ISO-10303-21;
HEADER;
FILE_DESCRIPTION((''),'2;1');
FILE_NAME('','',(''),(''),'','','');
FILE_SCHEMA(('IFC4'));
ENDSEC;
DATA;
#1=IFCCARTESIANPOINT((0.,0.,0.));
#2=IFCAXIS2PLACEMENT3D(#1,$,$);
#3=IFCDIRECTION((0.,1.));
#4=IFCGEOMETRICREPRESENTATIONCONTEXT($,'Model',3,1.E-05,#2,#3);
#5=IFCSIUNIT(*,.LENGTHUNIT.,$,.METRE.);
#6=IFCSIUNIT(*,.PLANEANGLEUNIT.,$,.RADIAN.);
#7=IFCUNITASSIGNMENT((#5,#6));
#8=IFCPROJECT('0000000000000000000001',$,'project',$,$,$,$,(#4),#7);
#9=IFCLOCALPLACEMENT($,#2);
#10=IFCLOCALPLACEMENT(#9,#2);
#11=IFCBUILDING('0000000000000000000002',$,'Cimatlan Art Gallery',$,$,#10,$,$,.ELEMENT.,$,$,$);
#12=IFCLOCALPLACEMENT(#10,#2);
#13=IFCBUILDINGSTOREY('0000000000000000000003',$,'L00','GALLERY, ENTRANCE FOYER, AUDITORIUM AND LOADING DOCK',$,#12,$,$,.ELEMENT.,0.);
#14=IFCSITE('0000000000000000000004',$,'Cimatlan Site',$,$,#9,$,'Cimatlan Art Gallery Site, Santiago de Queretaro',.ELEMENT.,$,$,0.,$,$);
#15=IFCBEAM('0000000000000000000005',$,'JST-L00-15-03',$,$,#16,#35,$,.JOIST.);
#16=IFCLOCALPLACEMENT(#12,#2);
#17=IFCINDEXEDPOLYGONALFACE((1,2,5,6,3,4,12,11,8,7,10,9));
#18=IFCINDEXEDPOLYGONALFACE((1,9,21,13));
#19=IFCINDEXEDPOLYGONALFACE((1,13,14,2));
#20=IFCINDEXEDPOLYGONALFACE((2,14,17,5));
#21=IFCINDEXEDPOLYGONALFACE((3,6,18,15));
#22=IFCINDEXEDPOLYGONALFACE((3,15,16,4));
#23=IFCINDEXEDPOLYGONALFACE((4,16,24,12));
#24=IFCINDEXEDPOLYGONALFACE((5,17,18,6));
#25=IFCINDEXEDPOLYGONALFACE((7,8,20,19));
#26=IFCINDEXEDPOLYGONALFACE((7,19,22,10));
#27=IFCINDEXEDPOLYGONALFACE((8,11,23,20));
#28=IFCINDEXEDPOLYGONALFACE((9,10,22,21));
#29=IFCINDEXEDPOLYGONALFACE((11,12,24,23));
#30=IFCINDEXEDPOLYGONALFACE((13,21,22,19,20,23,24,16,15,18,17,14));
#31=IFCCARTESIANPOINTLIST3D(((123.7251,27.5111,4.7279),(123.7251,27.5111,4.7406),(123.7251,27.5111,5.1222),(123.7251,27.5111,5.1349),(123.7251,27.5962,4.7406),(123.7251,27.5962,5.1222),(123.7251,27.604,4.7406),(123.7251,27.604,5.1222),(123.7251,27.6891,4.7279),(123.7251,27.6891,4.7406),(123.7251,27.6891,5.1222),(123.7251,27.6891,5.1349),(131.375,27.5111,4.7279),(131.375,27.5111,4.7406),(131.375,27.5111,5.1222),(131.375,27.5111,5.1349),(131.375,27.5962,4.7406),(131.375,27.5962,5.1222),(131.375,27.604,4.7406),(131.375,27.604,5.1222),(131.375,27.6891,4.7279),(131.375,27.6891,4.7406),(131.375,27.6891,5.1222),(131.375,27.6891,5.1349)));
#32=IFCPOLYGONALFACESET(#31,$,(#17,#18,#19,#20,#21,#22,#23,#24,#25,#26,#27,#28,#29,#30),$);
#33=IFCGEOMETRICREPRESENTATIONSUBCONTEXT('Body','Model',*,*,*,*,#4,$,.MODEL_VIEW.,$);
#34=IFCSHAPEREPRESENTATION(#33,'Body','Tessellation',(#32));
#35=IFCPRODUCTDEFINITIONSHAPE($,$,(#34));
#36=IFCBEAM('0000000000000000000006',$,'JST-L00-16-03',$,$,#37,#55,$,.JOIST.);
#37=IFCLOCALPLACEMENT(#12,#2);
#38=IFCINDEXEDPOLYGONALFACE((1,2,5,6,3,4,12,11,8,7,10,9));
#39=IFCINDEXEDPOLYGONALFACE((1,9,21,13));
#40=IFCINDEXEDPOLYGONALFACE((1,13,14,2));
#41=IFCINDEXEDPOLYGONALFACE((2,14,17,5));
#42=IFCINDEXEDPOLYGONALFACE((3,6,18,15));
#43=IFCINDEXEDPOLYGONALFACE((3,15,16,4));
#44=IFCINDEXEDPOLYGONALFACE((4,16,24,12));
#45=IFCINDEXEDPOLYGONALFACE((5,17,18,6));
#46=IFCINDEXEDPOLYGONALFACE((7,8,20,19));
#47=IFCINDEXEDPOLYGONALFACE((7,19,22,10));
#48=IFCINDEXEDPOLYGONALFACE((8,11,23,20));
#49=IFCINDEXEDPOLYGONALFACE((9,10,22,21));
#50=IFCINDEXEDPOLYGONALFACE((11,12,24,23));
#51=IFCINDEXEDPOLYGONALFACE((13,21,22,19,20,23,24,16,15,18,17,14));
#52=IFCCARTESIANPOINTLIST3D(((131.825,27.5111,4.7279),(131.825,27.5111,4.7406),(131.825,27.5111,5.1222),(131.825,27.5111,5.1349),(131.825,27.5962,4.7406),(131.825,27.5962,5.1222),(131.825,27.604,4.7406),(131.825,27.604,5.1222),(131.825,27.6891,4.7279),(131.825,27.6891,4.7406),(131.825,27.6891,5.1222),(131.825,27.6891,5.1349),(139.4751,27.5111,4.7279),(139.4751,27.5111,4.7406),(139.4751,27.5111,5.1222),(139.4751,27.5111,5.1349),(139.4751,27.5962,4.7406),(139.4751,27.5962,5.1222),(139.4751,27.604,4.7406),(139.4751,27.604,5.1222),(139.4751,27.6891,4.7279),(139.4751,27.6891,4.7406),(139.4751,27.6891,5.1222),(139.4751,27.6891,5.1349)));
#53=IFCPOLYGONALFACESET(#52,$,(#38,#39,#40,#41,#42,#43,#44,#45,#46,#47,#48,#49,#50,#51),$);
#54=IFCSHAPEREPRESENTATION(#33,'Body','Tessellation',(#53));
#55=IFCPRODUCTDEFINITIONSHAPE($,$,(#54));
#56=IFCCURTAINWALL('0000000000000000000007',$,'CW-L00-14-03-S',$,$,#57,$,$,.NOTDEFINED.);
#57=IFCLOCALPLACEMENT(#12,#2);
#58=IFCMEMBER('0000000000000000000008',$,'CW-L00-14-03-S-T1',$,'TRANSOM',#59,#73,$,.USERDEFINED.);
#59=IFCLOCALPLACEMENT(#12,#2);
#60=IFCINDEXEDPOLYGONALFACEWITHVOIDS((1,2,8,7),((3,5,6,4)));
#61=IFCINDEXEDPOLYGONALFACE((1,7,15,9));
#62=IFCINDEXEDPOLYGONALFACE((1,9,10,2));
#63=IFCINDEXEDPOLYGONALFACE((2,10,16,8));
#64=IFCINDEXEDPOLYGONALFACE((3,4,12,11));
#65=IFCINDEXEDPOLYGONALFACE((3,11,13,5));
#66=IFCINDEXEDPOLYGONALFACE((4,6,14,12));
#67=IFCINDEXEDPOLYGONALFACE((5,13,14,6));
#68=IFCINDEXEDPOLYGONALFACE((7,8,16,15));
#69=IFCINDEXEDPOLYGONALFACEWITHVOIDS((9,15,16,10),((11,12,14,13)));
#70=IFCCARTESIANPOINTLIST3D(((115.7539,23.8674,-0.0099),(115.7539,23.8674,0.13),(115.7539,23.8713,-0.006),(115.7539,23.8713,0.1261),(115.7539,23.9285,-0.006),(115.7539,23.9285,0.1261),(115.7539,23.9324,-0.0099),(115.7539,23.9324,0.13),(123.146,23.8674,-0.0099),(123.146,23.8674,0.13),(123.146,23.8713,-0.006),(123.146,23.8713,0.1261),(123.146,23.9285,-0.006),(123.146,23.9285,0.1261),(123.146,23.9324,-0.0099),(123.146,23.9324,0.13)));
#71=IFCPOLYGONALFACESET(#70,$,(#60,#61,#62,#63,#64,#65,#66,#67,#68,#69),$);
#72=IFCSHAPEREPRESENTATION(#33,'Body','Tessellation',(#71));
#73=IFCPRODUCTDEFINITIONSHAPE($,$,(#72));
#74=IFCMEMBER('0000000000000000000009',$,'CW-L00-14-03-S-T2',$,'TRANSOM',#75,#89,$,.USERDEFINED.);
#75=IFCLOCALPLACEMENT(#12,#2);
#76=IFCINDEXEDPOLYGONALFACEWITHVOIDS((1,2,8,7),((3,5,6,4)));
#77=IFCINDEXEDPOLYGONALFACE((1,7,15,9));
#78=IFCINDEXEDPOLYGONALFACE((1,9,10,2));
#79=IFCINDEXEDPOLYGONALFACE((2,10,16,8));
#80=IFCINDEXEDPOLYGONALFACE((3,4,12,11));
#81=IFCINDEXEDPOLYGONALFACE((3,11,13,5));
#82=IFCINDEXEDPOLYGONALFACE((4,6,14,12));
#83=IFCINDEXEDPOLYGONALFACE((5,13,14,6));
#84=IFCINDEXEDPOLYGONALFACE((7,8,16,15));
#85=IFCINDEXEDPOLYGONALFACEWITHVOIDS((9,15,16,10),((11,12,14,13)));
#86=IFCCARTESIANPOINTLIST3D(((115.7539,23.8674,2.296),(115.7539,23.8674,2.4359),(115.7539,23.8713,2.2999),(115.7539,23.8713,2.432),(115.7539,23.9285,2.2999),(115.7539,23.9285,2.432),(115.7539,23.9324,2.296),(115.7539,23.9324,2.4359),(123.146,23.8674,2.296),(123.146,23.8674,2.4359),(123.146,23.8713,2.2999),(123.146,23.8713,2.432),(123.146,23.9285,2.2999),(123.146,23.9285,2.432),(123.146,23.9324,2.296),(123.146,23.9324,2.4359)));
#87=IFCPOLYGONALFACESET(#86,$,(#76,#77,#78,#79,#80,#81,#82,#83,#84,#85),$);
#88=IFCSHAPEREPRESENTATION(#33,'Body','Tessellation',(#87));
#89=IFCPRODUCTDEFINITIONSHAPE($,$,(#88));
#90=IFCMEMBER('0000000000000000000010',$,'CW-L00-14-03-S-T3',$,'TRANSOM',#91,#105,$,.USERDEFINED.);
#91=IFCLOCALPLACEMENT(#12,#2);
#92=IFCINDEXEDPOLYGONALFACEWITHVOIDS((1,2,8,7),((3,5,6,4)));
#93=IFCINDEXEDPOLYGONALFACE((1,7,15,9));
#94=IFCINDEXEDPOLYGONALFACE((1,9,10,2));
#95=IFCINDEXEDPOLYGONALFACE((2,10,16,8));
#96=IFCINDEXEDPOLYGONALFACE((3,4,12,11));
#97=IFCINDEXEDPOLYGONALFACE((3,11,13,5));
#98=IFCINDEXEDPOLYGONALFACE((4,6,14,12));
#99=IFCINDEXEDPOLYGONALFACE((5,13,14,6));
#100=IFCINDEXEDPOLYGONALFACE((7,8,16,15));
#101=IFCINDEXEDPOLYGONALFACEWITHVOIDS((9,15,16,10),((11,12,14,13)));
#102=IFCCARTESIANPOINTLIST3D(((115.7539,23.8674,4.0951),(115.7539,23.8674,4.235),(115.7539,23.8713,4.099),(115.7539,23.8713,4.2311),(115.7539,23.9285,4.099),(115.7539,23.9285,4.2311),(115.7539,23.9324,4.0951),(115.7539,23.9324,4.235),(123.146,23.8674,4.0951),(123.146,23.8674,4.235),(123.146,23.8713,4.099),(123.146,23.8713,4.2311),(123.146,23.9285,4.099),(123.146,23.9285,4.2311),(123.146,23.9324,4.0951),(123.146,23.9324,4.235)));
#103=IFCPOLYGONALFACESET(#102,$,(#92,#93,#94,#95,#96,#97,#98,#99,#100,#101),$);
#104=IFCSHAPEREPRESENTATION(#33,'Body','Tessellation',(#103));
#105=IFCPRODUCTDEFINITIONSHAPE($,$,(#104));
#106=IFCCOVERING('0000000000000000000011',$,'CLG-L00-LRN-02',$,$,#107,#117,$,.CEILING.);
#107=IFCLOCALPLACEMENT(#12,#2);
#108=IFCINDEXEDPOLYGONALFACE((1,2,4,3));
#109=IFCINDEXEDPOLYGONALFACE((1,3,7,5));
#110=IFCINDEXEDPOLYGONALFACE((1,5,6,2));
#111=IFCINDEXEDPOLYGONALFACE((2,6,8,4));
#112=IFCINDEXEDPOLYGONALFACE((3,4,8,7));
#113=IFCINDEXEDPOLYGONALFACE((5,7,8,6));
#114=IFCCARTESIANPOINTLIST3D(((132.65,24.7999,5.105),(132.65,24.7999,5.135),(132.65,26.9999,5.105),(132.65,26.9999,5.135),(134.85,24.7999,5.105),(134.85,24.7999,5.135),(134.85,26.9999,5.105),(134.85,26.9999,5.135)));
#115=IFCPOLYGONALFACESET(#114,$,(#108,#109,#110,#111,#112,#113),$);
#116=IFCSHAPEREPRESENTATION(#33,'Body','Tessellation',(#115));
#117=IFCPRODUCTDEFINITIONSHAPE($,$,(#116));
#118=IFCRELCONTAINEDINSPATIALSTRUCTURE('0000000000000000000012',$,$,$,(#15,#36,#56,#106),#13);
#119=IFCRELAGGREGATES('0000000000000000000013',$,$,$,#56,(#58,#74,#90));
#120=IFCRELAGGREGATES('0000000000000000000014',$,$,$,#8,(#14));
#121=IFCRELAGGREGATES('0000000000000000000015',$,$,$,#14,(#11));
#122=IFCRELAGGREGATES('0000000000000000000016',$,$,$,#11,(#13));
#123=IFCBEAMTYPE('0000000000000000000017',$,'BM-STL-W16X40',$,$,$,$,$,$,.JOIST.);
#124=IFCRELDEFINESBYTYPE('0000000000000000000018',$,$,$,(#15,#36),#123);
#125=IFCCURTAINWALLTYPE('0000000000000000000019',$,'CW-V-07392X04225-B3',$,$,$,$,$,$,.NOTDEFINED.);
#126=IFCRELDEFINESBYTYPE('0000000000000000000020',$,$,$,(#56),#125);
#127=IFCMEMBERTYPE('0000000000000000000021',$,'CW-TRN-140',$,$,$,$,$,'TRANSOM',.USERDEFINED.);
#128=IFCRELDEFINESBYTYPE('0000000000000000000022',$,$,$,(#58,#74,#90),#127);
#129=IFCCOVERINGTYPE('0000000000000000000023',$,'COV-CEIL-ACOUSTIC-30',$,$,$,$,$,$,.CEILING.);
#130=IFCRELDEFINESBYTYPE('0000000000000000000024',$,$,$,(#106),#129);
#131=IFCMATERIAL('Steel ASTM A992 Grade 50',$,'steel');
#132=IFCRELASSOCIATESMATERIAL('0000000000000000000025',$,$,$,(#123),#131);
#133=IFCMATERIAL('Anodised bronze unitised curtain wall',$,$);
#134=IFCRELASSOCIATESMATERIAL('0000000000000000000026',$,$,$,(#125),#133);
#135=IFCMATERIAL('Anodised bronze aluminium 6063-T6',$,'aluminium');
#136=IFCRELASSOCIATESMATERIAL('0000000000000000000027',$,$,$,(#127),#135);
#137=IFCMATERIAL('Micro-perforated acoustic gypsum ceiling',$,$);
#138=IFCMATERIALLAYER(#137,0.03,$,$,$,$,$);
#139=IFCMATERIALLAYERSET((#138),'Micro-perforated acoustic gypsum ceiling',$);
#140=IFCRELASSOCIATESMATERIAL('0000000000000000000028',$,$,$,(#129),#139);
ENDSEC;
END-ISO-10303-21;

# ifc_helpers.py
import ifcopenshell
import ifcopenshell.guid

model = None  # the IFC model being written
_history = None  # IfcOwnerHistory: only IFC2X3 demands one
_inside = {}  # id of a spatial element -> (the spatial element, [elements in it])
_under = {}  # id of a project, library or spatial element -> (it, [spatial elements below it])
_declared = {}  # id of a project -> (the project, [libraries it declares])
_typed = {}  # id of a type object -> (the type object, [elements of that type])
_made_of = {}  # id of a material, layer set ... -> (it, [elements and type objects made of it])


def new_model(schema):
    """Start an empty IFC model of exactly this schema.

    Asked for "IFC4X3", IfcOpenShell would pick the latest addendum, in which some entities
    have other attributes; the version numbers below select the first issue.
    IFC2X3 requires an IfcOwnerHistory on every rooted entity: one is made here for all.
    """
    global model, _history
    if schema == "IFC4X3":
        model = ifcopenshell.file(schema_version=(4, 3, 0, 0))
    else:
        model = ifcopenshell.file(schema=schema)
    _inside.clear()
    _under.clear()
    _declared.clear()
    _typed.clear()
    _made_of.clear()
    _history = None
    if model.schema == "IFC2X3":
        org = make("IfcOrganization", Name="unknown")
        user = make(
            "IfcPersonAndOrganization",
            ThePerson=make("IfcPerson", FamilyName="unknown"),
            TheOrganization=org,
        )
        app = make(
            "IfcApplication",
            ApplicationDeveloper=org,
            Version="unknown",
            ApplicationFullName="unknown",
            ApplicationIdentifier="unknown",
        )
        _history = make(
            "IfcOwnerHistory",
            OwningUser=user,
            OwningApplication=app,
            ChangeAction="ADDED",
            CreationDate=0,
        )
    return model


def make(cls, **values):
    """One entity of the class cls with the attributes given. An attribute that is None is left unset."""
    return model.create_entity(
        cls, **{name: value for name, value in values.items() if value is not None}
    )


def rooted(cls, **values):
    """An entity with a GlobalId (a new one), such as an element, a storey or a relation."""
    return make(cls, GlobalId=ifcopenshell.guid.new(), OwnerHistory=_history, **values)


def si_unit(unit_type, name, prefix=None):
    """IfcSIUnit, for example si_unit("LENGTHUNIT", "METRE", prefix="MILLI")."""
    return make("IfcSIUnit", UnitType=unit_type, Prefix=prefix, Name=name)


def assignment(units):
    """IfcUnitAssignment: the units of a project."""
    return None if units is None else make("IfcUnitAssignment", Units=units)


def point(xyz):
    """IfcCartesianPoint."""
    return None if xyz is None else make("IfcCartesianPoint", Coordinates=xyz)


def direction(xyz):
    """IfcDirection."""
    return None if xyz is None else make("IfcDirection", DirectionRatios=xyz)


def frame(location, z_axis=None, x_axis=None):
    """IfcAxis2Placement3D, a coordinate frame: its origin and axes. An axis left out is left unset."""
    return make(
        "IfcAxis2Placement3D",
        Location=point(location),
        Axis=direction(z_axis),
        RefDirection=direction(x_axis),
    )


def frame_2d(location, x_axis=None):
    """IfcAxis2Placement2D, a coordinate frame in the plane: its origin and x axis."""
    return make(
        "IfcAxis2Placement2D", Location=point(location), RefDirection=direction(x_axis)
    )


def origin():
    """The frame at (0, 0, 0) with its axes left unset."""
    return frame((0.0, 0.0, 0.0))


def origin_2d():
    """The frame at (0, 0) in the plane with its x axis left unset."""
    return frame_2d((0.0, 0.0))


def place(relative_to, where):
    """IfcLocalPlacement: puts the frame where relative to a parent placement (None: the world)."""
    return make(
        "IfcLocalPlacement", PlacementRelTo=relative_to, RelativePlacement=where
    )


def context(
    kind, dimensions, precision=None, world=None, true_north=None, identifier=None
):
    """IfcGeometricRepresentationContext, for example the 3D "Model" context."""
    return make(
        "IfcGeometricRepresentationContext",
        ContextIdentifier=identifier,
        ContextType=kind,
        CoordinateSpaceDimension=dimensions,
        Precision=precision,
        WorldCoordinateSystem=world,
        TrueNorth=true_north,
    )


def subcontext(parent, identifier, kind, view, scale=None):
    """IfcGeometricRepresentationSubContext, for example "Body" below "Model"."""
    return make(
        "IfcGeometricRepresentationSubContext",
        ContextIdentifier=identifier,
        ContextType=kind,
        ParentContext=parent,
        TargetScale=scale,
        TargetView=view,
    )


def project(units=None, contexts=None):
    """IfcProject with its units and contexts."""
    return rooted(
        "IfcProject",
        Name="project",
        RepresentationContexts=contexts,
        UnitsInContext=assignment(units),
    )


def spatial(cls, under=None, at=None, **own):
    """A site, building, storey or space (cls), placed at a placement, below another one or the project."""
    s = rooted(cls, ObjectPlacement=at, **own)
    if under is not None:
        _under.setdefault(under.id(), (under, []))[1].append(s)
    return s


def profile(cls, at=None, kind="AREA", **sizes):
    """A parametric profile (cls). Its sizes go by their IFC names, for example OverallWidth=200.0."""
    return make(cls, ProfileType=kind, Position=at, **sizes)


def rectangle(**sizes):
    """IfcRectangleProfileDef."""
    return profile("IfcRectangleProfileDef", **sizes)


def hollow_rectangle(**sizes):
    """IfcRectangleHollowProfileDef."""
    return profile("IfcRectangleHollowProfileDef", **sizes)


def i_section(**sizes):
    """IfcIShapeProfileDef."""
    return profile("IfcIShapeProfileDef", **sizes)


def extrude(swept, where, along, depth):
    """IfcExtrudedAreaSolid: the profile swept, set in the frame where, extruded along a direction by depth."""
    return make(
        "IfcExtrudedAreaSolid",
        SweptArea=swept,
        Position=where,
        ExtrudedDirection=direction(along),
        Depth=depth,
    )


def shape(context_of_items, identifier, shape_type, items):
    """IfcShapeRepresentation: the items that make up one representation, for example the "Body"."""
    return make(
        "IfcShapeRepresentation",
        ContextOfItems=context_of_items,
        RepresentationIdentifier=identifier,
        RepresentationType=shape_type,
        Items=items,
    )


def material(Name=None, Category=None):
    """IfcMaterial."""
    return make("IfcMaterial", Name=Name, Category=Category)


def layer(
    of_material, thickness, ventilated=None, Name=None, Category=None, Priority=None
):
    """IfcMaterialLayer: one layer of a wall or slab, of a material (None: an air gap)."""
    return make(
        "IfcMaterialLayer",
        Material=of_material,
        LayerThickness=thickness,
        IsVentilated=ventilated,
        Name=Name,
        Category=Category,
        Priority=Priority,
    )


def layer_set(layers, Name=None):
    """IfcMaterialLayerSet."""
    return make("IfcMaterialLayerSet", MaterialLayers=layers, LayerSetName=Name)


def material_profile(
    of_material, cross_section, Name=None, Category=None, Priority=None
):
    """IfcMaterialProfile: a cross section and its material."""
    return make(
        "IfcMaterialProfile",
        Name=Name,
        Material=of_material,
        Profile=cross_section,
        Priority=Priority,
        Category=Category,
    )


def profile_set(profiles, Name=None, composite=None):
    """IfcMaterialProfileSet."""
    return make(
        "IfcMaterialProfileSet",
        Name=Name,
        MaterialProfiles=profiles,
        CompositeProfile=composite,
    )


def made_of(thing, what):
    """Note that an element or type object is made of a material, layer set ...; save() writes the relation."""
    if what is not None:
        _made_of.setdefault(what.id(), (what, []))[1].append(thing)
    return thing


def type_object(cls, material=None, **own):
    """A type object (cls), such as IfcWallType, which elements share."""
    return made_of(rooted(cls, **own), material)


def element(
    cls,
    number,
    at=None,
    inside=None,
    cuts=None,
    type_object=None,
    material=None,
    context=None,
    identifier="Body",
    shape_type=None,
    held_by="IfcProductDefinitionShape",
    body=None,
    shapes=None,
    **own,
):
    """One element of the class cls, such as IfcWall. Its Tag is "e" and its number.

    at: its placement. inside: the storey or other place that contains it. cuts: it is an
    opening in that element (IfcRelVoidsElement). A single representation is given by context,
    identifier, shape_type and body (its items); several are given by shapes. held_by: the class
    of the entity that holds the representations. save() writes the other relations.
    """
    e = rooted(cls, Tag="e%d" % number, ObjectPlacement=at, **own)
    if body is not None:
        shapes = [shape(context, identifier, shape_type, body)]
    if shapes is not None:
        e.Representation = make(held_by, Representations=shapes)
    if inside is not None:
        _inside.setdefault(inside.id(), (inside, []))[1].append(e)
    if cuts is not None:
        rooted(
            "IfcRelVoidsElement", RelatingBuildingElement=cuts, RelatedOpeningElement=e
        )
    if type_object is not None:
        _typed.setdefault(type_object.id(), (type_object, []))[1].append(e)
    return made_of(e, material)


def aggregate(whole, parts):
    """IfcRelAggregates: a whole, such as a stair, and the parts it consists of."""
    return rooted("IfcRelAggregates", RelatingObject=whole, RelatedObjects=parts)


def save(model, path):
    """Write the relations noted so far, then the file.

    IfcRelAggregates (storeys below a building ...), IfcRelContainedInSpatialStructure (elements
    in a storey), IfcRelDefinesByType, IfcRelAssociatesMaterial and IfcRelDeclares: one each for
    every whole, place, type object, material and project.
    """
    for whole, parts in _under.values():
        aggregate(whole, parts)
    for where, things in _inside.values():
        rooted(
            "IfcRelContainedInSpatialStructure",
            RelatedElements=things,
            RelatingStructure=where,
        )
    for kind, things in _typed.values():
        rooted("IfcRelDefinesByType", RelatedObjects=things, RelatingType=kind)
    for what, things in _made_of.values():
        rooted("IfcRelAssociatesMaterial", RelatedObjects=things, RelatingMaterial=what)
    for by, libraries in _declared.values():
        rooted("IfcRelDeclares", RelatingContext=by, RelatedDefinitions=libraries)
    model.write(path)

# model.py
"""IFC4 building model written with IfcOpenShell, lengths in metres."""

from ifc_helpers import new_model, si_unit, direction, frame, origin, origin_2d, place, context, subcontext, project, spatial, rectangle, hollow_rectangle, i_section, extrude, material, layer, layer_set, material_profile, profile_set, type_object, element, aggregate, save


model = new_model("IFC4")

# Units and contexts
model_context = context("Model", 3, precision=1e-05, world=origin(), true_north=direction((0.0, 1.0)))
body_context = subcontext(model_context, "Body", "Model", "MODEL_VIEW")
ifc_project = project(units=[si_unit("LENGTHUNIT", "METRE"), si_unit("PLANEANGLEUNIT", "RADIAN")], contexts=[model_context])

# Site, building, storey
site_placement = place(None, origin())
site = spatial("IfcSite", under=ifc_project, at=site_placement, Name="Cimatlan Site", LongName="Cimatlan Art Gallery Site, Santiago de Queretaro", CompositionType="ELEMENT", RefElevation=0.0)
building_placement = place(site_placement, origin())
building = spatial("IfcBuilding", under=site, at=building_placement, Name="Cimatlan Art Gallery", CompositionType="ELEMENT")
storey_placement = place(building_placement, origin())
storey = spatial("IfcBuildingStorey", under=building, at=storey_placement, Name="L00", Description="GALLERY, ENTRANCE FOYER, AUDITORIUM AND LOADING DOCK", CompositionType="ELEMENT", Elevation=0.0)

# Beams
ifc_material_1 = material(Name="Steel ASTM A992 Grade 50", Category="steel")
ifc_material_profile_1 = material_profile(ifc_material_1, i_section(OverallWidth=0.178, OverallDepth=0.407, WebThickness=0.0078, FlangeThickness=0.0127, at=origin_2d()), Name="W16X40")
ifc_profile_set_1 = profile_set([ifc_material_profile_1], Name="Steel ASTM A992 Grade 50")
beam_type_1 = type_object("IfcBeamType", Name="BM-STL-W16X40", PredefinedType="JOIST", material=ifc_profile_set_1)
beam_1_placement = place(storey_placement, frame((123.7251, 27.6001, 4.9314), z_axis=(1.0, 0.0, 0.0), x_axis=(0.0, 1.0, 0.0)))
element("IfcBeam", 1, at=beam_1_placement, inside=storey, type_object=beam_type_1, Name="JST-L00-15-03", PredefinedType="JOIST", context=body_context, shape_type="SweptSolid", body=[
    extrude(i_section(OverallWidth=0.178, OverallDepth=0.407, WebThickness=0.0078, FlangeThickness=0.0127, at=origin_2d()), origin(), (0.0, 0.0, 1.0), 7.6499),
])
beam_2_placement = place(storey_placement, frame((131.825, 27.6001, 4.9314), z_axis=(1.0, 0.0, 0.0), x_axis=(0.0, 1.0, 0.0)))
element("IfcBeam", 2, at=beam_2_placement, inside=storey, type_object=beam_type_1, Name="JST-L00-16-03", PredefinedType="JOIST", context=body_context, shape_type="SweptSolid", body=[
    extrude(i_section(OverallWidth=0.178, OverallDepth=0.407, WebThickness=0.0078, FlangeThickness=0.0127, at=origin_2d()), origin(), (0.0, 0.0, 1.0), 7.6501),
])

# Curtain wall, members
ifc_material_2 = material(Name="Anodised bronze unitised curtain wall")
curtain_wall_type = type_object("IfcCurtainWallType", Name="CW-V-07392X04225-B3", PredefinedType="NOTDEFINED", material=ifc_material_2)
curtain_wall_placement = place(storey_placement, origin())
curtain_wall = element("IfcCurtainWall", 3, at=curtain_wall_placement, inside=storey, type_object=curtain_wall_type, Name="CW-L00-14-03-S", PredefinedType="NOTDEFINED")
ifc_material_3 = material(Name="Anodised bronze aluminium 6063-T6", Category="aluminium")
ifc_material_profile_2 = material_profile(ifc_material_3, hollow_rectangle(XDim=0.0649, YDim=0.1399, WallThickness=0.0039, at=origin_2d()), Name="ALU65X140X4")
ifc_profile_set_2 = profile_set([ifc_material_profile_2], Name="Anodised bronze aluminium 6063-T6")
member_type = type_object("IfcMemberType", Name="CW-TRN-140", ElementType="TRANSOM", PredefinedType="USERDEFINED", material=ifc_profile_set_2)
member_1_placement = place(storey_placement, frame((123.146, 23.8999, 0.0601), z_axis=(-1.0, 0.0, 0.0), x_axis=(0.0, -1.0, 0.0)))
member_1 = element("IfcMember", 4, at=member_1_placement, type_object=member_type, Name="CW-L00-14-03-S-T1", ObjectType="TRANSOM", PredefinedType="USERDEFINED", context=body_context, shape_type="SweptSolid", body=[
    extrude(hollow_rectangle(XDim=0.0649, YDim=0.1399, WallThickness=0.0039, at=origin_2d()), origin(), (0.0, 0.0, 1.0), 7.3921),
])
member_2_placement = place(storey_placement, frame((123.146, 23.8999, 2.366), z_axis=(-1.0, 0.0, 0.0), x_axis=(0.0, -1.0, 0.0)))
member_2 = element("IfcMember", 5, at=member_2_placement, type_object=member_type, Name="CW-L00-14-03-S-T2", ObjectType="TRANSOM", PredefinedType="USERDEFINED", context=body_context, shape_type="SweptSolid", body=[
    extrude(hollow_rectangle(XDim=0.0649, YDim=0.1399, WallThickness=0.0039, at=origin_2d()), origin(), (0.0, 0.0, 1.0), 7.3921),
])
member_3_placement = place(storey_placement, frame((123.146, 23.8999, 4.165), z_axis=(-1.0, 0.0, 0.0), x_axis=(0.0, -1.0, 0.0)))
member_3 = element("IfcMember", 6, at=member_3_placement, type_object=member_type, Name="CW-L00-14-03-S-T3", ObjectType="TRANSOM", PredefinedType="USERDEFINED", context=body_context, shape_type="SweptSolid", body=[
    extrude(hollow_rectangle(XDim=0.0649, YDim=0.1399, WallThickness=0.0039, at=origin_2d()), origin(), (0.0, 0.0, 1.0), 7.3921),
])
aggregate(curtain_wall, [member_1, member_2, member_3])

# Covering
ifc_material_4 = material(Name="Micro-perforated acoustic gypsum ceiling")
ifc_layer_1 = layer(ifc_material_4, 0.03)
ifc_layer_set_1 = layer_set([ifc_layer_1], Name="Micro-perforated acoustic gypsum ceiling")
covering_type = type_object("IfcCoveringType", Name="COV-CEIL-ACOUSTIC-30", PredefinedType="CEILING", material=ifc_layer_set_1)
covering_placement = place(storey_placement, frame((133.75, 25.8999, 5.105), z_axis=(0.0, 0.0, 1.0), x_axis=(1.0, 0.0, 0.0)))
element("IfcCovering", 7, at=covering_placement, inside=storey, type_object=covering_type, Name="CLG-L00-LRN-02", PredefinedType="CEILING", context=body_context, shape_type="SweptSolid", body=[
    extrude(rectangle(XDim=2.2, YDim=2.2, at=origin_2d()), origin(), (0.0, 0.0, 1.0), 0.03),
])

save(model, "model.ifc")
